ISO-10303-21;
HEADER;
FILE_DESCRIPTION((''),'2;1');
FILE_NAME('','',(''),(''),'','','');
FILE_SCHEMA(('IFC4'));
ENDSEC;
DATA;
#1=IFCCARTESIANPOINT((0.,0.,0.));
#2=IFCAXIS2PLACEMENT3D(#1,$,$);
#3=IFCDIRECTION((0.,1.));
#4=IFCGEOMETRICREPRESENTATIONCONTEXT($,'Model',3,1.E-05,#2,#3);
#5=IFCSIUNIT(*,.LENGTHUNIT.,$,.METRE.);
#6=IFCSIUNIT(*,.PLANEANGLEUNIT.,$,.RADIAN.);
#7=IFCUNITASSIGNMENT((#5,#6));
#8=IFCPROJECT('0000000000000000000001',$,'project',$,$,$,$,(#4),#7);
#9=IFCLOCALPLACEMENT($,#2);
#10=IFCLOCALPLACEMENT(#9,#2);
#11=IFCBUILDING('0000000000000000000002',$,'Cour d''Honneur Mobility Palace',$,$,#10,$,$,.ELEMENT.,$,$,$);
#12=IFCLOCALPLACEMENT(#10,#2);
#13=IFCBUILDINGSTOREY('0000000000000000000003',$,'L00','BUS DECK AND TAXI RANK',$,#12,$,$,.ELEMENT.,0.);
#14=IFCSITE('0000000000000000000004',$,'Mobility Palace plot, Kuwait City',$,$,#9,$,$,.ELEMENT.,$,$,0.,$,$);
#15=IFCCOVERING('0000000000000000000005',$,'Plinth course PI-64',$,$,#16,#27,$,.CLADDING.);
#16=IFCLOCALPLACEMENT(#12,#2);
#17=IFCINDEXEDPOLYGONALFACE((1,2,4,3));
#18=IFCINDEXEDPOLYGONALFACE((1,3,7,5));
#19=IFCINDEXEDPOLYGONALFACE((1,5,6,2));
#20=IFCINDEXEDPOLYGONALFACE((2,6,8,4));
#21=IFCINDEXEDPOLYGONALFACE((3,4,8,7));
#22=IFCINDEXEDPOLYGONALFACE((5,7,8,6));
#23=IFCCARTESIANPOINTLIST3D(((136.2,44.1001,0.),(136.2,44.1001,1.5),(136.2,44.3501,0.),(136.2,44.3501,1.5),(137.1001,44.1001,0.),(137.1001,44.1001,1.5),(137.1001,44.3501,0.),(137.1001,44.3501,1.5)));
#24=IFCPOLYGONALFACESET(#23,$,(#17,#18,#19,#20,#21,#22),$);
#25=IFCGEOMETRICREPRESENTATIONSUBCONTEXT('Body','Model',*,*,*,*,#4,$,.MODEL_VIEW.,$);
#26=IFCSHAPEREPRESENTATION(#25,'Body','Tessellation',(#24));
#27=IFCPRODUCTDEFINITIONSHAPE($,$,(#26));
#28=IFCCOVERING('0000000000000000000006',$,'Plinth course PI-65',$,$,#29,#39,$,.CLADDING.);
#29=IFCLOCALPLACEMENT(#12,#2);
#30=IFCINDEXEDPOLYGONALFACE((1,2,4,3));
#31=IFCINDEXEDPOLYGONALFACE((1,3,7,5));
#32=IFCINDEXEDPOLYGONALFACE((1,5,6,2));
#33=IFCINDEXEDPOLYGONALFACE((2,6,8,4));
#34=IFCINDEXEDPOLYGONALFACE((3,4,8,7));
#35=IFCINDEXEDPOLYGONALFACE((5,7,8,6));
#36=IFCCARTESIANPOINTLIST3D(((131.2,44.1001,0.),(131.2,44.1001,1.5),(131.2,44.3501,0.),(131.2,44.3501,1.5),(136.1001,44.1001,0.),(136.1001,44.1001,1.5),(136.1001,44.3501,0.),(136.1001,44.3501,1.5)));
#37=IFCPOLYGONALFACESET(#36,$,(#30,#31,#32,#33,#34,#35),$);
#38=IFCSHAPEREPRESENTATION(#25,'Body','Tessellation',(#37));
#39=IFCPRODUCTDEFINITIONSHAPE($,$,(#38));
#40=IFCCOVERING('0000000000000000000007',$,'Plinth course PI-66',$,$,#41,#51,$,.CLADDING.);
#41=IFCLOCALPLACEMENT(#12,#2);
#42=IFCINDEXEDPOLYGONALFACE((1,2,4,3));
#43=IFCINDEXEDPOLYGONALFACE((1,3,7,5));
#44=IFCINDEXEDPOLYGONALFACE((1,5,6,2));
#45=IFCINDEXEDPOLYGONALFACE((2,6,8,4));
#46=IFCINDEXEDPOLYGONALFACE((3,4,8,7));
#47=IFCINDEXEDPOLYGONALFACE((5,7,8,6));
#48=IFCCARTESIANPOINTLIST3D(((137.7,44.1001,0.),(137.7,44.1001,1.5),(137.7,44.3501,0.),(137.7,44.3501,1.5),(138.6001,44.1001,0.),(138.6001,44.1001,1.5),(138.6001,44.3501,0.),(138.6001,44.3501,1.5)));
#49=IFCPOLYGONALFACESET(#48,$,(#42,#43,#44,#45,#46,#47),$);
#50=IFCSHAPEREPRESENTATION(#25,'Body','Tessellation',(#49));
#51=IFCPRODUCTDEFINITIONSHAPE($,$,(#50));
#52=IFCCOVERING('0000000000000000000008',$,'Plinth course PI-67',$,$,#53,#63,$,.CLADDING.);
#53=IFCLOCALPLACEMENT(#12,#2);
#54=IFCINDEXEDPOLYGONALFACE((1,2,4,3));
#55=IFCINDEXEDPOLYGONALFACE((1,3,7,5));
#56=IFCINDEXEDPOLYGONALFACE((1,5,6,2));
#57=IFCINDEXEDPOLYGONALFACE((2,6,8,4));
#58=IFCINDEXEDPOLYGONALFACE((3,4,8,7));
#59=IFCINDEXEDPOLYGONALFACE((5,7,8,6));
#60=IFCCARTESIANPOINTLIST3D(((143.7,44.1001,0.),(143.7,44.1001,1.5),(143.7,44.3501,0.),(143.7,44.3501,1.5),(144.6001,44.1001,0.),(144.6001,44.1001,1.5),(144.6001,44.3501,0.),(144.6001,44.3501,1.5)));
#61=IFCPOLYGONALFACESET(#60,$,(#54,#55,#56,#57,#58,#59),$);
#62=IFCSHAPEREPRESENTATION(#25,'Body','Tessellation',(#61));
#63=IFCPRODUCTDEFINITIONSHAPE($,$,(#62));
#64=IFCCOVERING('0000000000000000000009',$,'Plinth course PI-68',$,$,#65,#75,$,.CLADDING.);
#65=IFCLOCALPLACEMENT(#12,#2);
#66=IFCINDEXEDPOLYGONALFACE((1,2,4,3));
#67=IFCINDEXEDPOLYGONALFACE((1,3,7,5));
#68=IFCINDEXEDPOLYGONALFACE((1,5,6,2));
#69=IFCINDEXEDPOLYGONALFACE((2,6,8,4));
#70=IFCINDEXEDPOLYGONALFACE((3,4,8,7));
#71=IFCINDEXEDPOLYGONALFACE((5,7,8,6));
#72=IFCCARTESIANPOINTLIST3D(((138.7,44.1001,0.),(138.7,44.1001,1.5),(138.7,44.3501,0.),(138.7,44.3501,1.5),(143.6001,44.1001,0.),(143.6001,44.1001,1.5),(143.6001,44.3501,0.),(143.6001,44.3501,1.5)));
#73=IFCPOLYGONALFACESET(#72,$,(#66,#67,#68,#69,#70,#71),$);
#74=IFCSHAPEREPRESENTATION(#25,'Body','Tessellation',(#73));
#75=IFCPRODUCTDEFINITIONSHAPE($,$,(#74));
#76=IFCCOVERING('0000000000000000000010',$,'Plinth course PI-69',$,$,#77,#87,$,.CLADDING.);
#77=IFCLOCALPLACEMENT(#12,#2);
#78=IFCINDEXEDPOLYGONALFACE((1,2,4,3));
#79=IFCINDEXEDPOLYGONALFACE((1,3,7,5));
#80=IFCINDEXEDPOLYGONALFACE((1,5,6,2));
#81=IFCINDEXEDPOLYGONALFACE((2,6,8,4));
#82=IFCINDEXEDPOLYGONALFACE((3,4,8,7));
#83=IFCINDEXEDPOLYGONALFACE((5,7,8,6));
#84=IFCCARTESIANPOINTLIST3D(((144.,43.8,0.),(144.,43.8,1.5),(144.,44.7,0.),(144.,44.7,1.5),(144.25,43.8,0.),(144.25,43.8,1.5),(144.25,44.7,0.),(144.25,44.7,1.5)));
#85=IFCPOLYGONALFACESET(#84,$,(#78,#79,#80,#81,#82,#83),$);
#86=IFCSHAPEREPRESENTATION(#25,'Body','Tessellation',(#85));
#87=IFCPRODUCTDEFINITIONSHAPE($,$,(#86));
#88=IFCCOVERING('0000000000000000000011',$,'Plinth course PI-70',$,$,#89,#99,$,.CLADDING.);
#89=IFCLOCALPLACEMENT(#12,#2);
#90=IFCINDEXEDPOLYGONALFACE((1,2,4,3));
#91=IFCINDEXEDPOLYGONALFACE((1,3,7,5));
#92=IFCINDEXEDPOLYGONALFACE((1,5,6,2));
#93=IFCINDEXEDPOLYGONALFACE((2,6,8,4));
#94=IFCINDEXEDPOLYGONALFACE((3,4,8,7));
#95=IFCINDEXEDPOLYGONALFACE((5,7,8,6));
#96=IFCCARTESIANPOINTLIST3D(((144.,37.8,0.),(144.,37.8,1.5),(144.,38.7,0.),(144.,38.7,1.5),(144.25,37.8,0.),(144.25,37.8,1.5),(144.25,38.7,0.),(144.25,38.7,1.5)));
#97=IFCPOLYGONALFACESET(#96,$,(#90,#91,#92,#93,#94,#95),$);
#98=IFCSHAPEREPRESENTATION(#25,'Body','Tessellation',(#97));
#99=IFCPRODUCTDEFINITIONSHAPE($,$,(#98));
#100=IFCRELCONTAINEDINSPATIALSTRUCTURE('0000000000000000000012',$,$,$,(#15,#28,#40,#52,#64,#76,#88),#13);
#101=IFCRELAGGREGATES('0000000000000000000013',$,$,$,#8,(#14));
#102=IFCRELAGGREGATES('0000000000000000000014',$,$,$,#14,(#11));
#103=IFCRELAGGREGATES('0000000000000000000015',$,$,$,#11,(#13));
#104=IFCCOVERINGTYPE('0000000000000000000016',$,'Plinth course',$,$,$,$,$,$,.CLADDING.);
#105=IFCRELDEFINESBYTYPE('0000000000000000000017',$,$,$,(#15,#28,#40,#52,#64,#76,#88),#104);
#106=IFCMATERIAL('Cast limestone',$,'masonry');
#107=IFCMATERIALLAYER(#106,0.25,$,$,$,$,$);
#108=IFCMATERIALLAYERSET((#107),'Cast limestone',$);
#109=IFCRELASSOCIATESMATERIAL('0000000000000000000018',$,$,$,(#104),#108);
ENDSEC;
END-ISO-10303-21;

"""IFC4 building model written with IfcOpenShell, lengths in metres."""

from ifc_helpers import new_model, si_unit, direction, origin, place, context, subcontext, project, spatial, polyline, outline, extrude, material, layer, layer_set, type_object, element, save


model = new_model("IFC4")

# Units and contexts
model_context = context("Model", 3, precision=1e-05, world=origin(), true_north=direction((0.0, 1.0)))
body_context = subcontext(model_context, "Body", "Model", "MODEL_VIEW")
ifc_project = project(units=[si_unit("LENGTHUNIT", "METRE"), si_unit("PLANEANGLEUNIT", "RADIAN")], contexts=[model_context])

# Site, building, storey
site_placement = place(None, origin())
site = spatial("IfcSite", under=ifc_project, at=site_placement, Name="Mobility Palace plot, Kuwait City", CompositionType="ELEMENT", RefElevation=0.0)
building_placement = place(site_placement, origin())
building = spatial("IfcBuilding", under=site, at=building_placement, Name="Cour d'Honneur Mobility Palace", CompositionType="ELEMENT")
storey_placement = place(building_placement, origin())
storey = spatial("IfcBuildingStorey", under=building, at=storey_placement, Name="L00", Description="BUS DECK AND TAXI RANK", CompositionType="ELEMENT", Elevation=0.0)

# Coverings
ifc_material = material(Name="Cast limestone", Category="masonry")
ifc_layer = layer(ifc_material, 0.25)
ifc_layer_set = layer_set([ifc_layer], Name="Cast limestone")
covering_type = type_object("IfcCoveringType", Name="Plinth course", PredefinedType="CLADDING", material=ifc_layer_set)
covering_1_placement = place(storey_placement, origin())
element("IfcCovering", 1, at=covering_1_placement, inside=storey, type_object=covering_type, Name="Plinth course PI-64", PredefinedType="CLADDING", context=body_context, shape_type="SweptSolid", body=[
    extrude(outline(polyline([(136.2, 44.3501), (137.1001, 44.3501), (137.1001, 44.1001), (136.2, 44.1001), (136.2, 44.3501)])), origin(), (0.0, 0.0, 1.0), 1.5),
])
covering_2_placement = place(storey_placement, origin())
element("IfcCovering", 2, at=covering_2_placement, inside=storey, type_object=covering_type, Name="Plinth course PI-65", PredefinedType="CLADDING", context=body_context, shape_type="SweptSolid", body=[
    extrude(outline(polyline([(131.2, 44.3501), (136.1001, 44.3501), (136.1001, 44.1001), (131.2, 44.1001), (131.2, 44.3501)])), origin(), (0.0, 0.0, 1.0), 1.5),
])
covering_3_placement = place(storey_placement, origin())
element("IfcCovering", 3, at=covering_3_placement, inside=storey, type_object=covering_type, Name="Plinth course PI-66", PredefinedType="CLADDING", context=body_context, shape_type="SweptSolid", body=[
    extrude(outline(polyline([(137.7, 44.3501), (138.6001, 44.3501), (138.6001, 44.1001), (137.7, 44.1001), (137.7, 44.3501)])), origin(), (0.0, 0.0, 1.0), 1.5),
])
covering_4_placement = place(storey_placement, origin())
element("IfcCovering", 4, at=covering_4_placement, inside=storey, type_object=covering_type, Name="Plinth course PI-67", PredefinedType="CLADDING", context=body_context, shape_type="SweptSolid", body=[
    extrude(outline(polyline([(143.7, 44.3501), (144.6001, 44.3501), (144.6001, 44.1001), (143.7, 44.1001), (143.7, 44.3501)])), origin(), (0.0, 0.0, 1.0), 1.5),
])
covering_5_placement = place(storey_placement, origin())
element("IfcCovering", 5, at=covering_5_placement, inside=storey, type_object=covering_type, Name="Plinth course PI-68", PredefinedType="CLADDING", context=body_context, shape_type="SweptSolid", body=[
    extrude(outline(polyline([(138.7, 44.3501), (143.6001, 44.3501), (143.6001, 44.1001), (138.7, 44.1001), (138.7, 44.3501)])), origin(), (0.0, 0.0, 1.0), 1.5),
])
covering_6_placement = place(storey_placement, origin())
element("IfcCovering", 6, at=covering_6_placement, inside=storey, type_object=covering_type, Name="Plinth course PI-69", PredefinedType="CLADDING", context=body_context, shape_type="SweptSolid", body=[
    extrude(outline(polyline([(144.25, 44.7), (144.25, 43.8), (144.0, 43.8), (144.0, 44.7), (144.25, 44.7)])), origin(), (0.0, 0.0, 1.0), 1.5),
])
covering_7_placement = place(storey_placement, origin())
element("IfcCovering", 7, at=covering_7_placement, inside=storey, type_object=covering_type, Name="Plinth course PI-70", PredefinedType="CLADDING", context=body_context, shape_type="SweptSolid", body=[
    extrude(outline(polyline([(144.25, 38.7), (144.25, 37.8), (144.0, 37.8), (144.0, 38.7), (144.25, 38.7)])), origin(), (0.0, 0.0, 1.0), 1.5),
])

save(model, "model.ifc")
